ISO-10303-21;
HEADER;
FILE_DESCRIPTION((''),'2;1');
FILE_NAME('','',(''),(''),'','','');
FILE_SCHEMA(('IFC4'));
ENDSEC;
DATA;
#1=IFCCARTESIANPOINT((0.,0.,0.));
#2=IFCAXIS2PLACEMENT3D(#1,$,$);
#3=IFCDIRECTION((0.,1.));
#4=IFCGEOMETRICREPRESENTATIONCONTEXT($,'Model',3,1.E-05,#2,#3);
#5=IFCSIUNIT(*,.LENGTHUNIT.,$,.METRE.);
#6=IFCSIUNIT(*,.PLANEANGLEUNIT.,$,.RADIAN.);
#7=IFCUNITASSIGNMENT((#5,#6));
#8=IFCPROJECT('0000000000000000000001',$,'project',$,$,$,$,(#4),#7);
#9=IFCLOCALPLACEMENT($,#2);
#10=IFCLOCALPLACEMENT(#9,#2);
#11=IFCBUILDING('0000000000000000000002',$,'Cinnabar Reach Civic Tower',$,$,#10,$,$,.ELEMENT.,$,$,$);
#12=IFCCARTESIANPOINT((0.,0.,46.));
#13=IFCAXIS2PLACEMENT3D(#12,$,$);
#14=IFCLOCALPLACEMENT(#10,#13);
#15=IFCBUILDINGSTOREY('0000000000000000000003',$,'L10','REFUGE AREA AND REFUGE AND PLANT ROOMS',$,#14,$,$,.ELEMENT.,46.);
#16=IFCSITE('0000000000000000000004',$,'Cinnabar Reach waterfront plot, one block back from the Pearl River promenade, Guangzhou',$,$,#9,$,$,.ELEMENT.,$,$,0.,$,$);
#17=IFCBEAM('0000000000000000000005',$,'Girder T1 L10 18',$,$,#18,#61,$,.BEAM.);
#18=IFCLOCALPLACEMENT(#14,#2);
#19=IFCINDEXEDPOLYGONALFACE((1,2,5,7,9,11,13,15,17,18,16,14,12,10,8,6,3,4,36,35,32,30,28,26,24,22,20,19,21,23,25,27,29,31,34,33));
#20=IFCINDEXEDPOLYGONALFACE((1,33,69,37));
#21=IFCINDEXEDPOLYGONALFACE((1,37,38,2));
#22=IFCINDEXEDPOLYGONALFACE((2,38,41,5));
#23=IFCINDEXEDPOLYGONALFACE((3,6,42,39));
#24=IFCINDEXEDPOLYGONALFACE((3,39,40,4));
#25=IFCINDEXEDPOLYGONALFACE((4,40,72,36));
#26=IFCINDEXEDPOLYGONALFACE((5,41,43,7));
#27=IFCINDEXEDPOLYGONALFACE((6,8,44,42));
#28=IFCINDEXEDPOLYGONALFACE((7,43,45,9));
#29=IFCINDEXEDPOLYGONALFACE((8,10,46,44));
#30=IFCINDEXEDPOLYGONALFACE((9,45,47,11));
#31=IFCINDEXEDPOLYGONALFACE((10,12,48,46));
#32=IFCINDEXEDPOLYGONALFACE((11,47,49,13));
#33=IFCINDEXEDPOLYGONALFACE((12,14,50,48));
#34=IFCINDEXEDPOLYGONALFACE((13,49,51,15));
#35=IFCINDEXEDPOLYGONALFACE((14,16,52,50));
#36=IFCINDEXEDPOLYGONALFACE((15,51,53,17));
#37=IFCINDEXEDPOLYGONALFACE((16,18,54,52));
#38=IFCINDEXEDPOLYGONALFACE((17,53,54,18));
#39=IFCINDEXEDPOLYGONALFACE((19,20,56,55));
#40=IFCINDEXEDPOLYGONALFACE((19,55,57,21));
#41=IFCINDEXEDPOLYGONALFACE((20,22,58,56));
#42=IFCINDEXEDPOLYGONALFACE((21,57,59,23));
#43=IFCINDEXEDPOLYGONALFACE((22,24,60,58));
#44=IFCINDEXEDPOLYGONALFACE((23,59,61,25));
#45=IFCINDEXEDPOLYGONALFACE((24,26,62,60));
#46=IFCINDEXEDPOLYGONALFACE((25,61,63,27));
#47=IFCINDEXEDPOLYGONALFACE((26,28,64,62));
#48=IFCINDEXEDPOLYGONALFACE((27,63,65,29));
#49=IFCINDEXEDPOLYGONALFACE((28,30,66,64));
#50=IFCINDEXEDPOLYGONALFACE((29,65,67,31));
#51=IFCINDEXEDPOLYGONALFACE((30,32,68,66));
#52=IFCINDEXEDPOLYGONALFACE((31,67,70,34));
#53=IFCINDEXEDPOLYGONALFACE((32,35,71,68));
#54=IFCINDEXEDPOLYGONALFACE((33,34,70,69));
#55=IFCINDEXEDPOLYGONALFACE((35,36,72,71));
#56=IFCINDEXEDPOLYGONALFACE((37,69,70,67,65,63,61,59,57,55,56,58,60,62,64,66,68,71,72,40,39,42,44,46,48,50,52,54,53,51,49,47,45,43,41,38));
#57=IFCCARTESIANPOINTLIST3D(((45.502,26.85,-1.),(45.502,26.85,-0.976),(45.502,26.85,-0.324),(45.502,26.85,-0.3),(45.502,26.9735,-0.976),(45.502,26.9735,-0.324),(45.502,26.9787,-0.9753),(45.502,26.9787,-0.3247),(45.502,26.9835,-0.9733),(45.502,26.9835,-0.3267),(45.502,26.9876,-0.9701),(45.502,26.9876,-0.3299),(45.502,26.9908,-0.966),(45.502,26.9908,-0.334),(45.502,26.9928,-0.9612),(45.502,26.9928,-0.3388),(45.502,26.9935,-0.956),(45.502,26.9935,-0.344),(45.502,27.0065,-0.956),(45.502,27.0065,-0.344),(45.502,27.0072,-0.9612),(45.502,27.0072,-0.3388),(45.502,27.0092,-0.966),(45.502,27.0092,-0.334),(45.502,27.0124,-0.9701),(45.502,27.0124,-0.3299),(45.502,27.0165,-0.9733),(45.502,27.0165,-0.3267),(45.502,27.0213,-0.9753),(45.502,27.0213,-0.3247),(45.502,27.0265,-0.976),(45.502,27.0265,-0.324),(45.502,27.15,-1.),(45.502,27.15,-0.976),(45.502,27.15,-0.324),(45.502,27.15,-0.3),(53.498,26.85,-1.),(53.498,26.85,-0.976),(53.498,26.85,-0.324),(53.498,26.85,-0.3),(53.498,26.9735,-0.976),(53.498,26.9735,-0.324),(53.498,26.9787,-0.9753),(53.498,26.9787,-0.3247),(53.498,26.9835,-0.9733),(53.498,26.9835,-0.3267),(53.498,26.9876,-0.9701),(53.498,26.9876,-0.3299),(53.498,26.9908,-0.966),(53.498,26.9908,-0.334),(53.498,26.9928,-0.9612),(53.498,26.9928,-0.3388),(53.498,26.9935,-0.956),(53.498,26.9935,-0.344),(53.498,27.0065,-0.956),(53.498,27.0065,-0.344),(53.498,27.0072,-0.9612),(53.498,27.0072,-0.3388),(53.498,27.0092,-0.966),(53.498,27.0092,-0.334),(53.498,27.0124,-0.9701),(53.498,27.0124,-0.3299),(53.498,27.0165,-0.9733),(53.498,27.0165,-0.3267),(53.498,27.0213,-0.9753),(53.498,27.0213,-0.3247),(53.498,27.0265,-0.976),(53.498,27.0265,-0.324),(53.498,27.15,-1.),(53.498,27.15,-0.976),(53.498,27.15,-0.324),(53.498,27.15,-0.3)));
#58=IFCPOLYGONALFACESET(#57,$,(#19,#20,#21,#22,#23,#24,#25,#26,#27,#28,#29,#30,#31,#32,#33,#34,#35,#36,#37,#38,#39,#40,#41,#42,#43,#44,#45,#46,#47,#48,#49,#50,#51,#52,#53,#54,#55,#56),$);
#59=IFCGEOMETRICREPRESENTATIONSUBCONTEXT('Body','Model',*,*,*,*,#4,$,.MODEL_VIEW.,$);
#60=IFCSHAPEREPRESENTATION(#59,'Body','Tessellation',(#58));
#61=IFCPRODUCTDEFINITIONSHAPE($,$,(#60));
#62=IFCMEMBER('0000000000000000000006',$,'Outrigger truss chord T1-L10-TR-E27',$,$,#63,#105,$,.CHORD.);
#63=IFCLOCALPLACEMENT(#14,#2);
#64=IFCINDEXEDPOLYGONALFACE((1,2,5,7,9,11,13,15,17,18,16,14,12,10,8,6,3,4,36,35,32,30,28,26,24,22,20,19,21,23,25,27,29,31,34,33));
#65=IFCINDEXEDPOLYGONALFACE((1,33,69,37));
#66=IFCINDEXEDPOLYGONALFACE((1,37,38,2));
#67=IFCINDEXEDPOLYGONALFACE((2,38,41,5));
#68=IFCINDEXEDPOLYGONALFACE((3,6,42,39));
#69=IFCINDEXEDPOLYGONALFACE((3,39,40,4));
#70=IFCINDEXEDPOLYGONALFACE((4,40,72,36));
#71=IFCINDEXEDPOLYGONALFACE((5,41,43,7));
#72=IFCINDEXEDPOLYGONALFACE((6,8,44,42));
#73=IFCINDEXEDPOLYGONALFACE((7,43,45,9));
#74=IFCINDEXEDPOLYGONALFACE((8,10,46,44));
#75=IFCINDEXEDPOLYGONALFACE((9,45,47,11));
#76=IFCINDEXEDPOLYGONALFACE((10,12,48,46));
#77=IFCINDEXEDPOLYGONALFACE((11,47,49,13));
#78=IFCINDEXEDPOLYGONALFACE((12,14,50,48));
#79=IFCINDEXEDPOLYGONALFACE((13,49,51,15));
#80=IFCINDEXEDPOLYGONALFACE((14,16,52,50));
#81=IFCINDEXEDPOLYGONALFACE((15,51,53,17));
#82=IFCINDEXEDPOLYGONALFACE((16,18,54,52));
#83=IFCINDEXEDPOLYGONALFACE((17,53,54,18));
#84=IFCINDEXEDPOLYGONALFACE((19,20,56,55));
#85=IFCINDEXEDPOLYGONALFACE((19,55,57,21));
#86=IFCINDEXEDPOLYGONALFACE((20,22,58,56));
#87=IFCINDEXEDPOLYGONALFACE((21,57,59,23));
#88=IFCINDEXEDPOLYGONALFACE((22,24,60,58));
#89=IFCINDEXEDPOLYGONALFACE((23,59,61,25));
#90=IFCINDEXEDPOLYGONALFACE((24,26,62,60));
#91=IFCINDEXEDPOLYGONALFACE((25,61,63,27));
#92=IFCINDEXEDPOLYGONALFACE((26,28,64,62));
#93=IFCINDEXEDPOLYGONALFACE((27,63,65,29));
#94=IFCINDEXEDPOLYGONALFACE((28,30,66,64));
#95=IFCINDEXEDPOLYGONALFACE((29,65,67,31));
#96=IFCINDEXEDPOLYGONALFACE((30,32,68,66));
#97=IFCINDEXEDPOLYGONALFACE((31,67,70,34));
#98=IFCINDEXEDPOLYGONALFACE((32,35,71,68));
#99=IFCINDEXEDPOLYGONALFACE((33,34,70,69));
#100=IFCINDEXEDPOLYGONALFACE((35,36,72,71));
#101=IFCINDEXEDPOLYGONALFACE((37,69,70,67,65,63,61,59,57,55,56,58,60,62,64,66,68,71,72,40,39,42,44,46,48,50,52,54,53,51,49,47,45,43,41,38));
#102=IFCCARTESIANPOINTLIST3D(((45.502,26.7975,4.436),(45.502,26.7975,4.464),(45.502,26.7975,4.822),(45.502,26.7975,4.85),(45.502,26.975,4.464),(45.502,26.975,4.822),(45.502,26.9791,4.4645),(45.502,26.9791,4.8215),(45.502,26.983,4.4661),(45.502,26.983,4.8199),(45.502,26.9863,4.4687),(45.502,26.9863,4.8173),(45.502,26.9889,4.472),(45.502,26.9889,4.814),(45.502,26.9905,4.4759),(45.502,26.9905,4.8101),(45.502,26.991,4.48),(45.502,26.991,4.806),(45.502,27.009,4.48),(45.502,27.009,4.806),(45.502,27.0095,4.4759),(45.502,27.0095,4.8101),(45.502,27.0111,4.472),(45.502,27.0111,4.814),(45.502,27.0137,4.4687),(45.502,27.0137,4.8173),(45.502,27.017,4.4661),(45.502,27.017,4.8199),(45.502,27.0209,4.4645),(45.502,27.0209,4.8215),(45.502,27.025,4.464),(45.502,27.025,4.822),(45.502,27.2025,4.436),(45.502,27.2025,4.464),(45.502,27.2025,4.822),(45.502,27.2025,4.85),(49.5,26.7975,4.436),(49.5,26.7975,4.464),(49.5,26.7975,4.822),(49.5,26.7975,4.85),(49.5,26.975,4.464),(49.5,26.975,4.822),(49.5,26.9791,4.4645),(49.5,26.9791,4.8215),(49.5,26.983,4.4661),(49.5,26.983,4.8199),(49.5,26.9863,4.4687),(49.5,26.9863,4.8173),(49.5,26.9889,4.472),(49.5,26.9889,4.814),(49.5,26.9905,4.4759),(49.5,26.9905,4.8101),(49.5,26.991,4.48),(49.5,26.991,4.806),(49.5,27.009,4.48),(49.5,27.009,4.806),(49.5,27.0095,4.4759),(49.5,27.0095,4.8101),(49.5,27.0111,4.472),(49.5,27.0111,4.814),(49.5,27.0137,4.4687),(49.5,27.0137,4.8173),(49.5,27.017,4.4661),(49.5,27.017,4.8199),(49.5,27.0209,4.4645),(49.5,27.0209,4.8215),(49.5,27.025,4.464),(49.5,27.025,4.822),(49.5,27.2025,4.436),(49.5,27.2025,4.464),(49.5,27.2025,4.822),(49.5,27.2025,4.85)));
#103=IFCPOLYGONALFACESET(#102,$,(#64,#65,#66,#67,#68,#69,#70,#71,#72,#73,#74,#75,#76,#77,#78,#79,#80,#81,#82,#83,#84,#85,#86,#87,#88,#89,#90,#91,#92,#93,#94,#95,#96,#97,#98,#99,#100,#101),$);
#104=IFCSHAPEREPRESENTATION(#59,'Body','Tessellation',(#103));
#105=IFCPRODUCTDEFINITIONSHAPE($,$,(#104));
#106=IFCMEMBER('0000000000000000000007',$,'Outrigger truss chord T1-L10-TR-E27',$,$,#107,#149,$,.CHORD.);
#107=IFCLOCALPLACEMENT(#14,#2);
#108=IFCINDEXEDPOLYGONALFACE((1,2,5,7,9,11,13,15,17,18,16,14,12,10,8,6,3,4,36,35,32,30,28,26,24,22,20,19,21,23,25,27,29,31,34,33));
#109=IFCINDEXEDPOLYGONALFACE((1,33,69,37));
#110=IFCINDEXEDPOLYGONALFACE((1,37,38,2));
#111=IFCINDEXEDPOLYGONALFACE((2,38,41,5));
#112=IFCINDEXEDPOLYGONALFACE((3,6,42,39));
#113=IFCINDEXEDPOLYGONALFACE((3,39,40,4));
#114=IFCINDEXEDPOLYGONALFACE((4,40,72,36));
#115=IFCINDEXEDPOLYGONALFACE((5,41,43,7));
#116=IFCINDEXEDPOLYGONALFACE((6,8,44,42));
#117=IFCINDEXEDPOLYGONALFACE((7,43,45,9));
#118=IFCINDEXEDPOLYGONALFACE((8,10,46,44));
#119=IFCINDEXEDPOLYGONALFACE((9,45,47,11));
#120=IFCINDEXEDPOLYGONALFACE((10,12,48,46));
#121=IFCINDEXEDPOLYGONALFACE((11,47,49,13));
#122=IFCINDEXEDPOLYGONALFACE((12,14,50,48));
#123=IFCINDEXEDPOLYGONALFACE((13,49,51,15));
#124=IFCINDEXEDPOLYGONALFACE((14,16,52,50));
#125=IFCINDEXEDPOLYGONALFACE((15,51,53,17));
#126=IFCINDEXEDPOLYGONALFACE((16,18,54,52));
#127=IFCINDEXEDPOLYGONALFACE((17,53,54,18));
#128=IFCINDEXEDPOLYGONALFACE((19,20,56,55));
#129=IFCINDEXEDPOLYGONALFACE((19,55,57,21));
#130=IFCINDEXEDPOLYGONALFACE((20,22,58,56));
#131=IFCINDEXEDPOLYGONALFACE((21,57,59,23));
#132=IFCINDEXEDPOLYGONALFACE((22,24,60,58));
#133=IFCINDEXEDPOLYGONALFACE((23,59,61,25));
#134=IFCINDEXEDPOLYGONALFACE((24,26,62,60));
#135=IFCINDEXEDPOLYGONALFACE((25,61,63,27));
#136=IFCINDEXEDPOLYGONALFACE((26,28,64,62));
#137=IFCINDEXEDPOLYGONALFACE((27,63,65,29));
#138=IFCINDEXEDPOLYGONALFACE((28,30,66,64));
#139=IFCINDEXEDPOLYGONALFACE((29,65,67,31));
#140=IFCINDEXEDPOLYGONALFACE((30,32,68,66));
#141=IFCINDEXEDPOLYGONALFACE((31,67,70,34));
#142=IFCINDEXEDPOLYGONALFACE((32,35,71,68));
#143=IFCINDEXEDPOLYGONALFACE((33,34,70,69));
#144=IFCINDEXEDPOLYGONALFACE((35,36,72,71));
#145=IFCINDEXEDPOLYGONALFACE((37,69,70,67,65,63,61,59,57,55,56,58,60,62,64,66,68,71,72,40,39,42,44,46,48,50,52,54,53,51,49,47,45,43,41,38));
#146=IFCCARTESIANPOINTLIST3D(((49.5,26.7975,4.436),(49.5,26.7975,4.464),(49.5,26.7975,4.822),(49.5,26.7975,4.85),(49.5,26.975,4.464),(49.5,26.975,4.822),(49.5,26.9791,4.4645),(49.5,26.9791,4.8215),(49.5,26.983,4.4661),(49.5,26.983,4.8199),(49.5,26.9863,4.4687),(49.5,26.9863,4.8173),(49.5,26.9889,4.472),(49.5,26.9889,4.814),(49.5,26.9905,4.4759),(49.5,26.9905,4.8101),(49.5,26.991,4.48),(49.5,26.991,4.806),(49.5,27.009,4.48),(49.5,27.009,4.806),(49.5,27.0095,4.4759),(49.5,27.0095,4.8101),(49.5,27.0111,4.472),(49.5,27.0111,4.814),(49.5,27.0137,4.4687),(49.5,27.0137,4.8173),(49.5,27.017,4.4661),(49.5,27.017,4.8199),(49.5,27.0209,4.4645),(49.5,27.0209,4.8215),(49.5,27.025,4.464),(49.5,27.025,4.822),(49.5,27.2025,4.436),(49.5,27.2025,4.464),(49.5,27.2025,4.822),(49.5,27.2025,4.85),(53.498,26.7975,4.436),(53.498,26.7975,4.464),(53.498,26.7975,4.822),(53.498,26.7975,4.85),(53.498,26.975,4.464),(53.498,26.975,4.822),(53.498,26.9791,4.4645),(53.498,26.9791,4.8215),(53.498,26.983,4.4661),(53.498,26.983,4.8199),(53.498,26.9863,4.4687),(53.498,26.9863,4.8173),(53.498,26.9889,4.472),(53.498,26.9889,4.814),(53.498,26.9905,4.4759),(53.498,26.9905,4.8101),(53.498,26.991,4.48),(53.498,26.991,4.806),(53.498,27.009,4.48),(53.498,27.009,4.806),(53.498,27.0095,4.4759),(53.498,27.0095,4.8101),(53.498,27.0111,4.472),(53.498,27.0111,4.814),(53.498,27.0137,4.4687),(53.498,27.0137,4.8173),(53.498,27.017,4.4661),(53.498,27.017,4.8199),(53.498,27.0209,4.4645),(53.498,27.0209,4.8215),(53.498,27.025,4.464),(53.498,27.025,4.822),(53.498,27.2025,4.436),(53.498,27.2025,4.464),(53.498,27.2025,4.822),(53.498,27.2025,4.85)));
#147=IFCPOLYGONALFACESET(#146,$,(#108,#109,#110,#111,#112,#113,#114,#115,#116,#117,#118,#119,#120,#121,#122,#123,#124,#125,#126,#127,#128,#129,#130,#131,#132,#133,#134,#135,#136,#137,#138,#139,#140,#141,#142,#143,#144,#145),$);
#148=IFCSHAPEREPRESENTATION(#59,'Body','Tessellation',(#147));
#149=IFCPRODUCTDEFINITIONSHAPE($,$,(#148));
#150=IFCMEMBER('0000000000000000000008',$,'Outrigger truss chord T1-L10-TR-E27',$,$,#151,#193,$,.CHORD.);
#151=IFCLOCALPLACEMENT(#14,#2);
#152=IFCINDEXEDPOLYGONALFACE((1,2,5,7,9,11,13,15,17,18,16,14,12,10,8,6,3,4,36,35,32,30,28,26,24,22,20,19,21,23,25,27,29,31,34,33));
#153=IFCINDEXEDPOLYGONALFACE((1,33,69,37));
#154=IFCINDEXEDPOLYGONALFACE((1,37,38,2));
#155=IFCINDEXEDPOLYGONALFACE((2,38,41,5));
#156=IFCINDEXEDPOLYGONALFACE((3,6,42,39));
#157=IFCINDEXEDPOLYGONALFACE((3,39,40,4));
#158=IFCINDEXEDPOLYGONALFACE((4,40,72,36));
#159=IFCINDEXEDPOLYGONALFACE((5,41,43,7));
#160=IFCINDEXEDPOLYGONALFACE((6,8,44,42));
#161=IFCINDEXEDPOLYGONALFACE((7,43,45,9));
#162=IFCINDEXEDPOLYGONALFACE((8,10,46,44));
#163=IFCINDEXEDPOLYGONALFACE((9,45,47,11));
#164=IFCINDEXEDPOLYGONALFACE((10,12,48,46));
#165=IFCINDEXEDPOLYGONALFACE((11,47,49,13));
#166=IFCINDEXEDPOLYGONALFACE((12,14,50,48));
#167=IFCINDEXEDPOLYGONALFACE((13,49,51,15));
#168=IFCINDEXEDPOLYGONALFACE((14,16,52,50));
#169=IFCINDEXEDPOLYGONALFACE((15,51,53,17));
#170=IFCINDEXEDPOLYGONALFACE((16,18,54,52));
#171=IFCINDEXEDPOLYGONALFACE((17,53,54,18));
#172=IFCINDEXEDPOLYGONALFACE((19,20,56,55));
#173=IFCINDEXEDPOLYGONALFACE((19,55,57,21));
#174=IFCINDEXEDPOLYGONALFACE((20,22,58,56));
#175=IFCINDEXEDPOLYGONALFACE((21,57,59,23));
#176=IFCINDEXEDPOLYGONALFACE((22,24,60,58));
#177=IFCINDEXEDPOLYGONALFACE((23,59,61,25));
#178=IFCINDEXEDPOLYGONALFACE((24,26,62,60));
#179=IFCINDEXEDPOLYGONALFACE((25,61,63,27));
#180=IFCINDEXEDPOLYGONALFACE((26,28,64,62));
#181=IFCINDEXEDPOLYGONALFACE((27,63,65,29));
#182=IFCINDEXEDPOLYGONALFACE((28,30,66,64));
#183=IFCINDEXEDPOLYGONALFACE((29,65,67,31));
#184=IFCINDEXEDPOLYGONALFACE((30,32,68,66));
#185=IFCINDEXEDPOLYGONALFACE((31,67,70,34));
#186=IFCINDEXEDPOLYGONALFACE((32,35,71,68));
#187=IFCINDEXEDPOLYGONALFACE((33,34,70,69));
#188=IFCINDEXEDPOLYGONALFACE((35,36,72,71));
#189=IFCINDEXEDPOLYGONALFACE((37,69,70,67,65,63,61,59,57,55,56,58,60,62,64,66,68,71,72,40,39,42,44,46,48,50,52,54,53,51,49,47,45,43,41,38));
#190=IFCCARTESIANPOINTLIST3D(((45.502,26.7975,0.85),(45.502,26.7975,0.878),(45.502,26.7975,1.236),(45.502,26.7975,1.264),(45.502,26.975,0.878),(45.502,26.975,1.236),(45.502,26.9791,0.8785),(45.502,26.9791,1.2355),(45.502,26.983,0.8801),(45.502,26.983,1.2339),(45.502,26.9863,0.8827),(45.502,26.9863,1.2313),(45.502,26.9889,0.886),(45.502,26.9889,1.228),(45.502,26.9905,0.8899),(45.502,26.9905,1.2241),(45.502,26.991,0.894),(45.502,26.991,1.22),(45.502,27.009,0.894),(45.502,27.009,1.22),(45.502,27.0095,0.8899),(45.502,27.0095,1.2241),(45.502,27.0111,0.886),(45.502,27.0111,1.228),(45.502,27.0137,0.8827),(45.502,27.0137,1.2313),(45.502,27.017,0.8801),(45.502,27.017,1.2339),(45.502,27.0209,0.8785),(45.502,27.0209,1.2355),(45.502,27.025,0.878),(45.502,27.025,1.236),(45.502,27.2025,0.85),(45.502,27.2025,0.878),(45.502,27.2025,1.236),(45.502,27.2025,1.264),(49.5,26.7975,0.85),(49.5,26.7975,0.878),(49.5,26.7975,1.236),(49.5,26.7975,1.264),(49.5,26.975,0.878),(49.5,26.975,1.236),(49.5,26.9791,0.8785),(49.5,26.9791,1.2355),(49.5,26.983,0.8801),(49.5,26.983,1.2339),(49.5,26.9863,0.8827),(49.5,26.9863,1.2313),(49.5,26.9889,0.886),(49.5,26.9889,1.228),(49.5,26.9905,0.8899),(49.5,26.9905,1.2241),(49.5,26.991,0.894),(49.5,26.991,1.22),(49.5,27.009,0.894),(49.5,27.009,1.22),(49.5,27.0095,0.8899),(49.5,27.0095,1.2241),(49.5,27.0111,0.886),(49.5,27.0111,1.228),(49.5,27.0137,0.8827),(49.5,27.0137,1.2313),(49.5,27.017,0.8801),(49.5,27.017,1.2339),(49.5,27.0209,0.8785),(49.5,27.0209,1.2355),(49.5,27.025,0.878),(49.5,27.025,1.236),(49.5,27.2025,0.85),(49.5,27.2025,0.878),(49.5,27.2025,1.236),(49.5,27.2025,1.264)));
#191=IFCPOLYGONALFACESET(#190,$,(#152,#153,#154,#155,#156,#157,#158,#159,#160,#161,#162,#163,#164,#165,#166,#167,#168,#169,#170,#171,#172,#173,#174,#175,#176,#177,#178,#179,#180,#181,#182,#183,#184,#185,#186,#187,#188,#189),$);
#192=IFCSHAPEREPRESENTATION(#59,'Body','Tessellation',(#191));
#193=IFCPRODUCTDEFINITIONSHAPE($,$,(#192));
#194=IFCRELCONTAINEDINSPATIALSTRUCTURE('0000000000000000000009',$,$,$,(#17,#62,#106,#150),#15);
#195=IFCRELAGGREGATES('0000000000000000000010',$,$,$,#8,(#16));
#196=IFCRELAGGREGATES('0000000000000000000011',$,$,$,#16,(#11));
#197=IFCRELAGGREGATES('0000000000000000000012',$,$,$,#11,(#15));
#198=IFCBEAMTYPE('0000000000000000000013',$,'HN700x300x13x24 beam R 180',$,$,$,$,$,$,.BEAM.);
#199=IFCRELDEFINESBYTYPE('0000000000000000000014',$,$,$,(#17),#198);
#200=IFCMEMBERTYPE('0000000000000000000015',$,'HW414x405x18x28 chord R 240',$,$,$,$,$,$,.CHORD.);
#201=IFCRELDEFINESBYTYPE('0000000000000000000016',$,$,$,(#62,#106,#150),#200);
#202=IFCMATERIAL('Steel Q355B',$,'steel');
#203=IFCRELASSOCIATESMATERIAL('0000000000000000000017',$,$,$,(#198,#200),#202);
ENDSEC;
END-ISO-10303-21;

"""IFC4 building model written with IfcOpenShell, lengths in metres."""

from ifc_helpers import new_model, si_unit, direction, frame, origin, origin_2d, place, context, subcontext, project, spatial, i_section, extrude, material, material_profile, profile_set, type_object, element, save


model = new_model("IFC4")

# Units and contexts
model_context = context("Model", 3, precision=1e-05, world=origin(), true_north=direction((0.0, 1.0)))
body_context = subcontext(model_context, "Body", "Model", "MODEL_VIEW")
ifc_project = project(units=[si_unit("LENGTHUNIT", "METRE"), si_unit("PLANEANGLEUNIT", "RADIAN")], contexts=[model_context])

# Site, building, storey
site_placement = place(None, origin())
site = spatial("IfcSite", under=ifc_project, at=site_placement, Name="Cinnabar Reach waterfront plot, one block back from the Pearl River promenade, Guangzhou", CompositionType="ELEMENT", RefElevation=0.0)
building_placement = place(site_placement, origin())
building = spatial("IfcBuilding", under=site, at=building_placement, Name="Cinnabar Reach Civic Tower", CompositionType="ELEMENT")
storey_placement = place(building_placement, frame((0.0, 0.0, 46.0)))
storey = spatial("IfcBuildingStorey", under=building, at=storey_placement, Name="L10", Description="REFUGE AREA AND REFUGE AND PLANT ROOMS", CompositionType="ELEMENT", Elevation=46.0)

# Shared definitions
ifc_material_1 = material(Name="Steel Q355B", Category="steel")

# Beam
ifc_material_profile_1 = material_profile(ifc_material_1, i_section(OverallWidth=0.3, OverallDepth=0.7, WebThickness=0.013, FlangeThickness=0.024, FilletRadius=0.02, at=origin_2d()), Name="HN700x300x13x24")
ifc_profile_set_1 = profile_set([ifc_material_profile_1], Name="Steel Q355B")
beam_type_1 = type_object("IfcBeamType", Name="HN700x300x13x24 beam R 180", PredefinedType="BEAM", material=ifc_profile_set_1)
for number, where, z_axis, x_axis, name in (
    (1, (45.502, 27.0, -0.65), (1.0, 0.0, 0.0), (0.0, 1.0, 0.0), "Girder T1 L10 18"),
):
    element("IfcBeam", number, at=place(storey_placement, frame(where, z_axis=z_axis, x_axis=x_axis)), inside=storey, type_object=beam_type_1, Name=name, PredefinedType="BEAM", context=body_context, shape_type="SweptSolid", body=[
        extrude(i_section(OverallWidth=0.3, OverallDepth=0.7, WebThickness=0.013, FlangeThickness=0.024, FilletRadius=0.02, at=origin_2d()), origin(), (0.0, 0.0, 1.0), 7.996),
    ])

# Members
ifc_material_profile_2 = material_profile(ifc_material_1, i_section(OverallWidth=0.405, OverallDepth=0.414, WebThickness=0.018, FlangeThickness=0.028, FilletRadius=0.016, at=origin_2d()), Name="HW414x405x18x28")
ifc_profile_set_2 = profile_set([ifc_material_profile_2], Name="Steel Q355B")
member_type_1 = type_object("IfcMemberType", Name="HW414x405x18x28 chord R 240", PredefinedType="CHORD", material=ifc_profile_set_2)
for number, where, z_axis, x_axis, name in (
    (2, (45.502, 27.0, 4.643), (1.0, 0.0, 0.0), (0.0, 1.0, 0.0), "Outrigger truss chord T1-L10-TR-E27"),
    (3, (49.5, 27.0, 4.643), (1.0, 0.0, 0.0), (0.0, 1.0, 0.0), "Outrigger truss chord T1-L10-TR-E27"),
    (4, (45.502, 27.0, 1.057), (1.0, 0.0, 0.0), (0.0, 1.0, 0.0), "Outrigger truss chord T1-L10-TR-E27"),
):
    element("IfcMember", number, at=place(storey_placement, frame(where, z_axis=z_axis, x_axis=x_axis)), inside=storey, type_object=member_type_1, Name=name, PredefinedType="CHORD", context=body_context, shape_type="SweptSolid", body=[
        extrude(i_section(OverallWidth=0.405, OverallDepth=0.414, WebThickness=0.018, FlangeThickness=0.028, FilletRadius=0.016, at=origin_2d()), origin(), (0.0, 0.0, 1.0), 3.998),
    ])

save(model, "model.ifc")
